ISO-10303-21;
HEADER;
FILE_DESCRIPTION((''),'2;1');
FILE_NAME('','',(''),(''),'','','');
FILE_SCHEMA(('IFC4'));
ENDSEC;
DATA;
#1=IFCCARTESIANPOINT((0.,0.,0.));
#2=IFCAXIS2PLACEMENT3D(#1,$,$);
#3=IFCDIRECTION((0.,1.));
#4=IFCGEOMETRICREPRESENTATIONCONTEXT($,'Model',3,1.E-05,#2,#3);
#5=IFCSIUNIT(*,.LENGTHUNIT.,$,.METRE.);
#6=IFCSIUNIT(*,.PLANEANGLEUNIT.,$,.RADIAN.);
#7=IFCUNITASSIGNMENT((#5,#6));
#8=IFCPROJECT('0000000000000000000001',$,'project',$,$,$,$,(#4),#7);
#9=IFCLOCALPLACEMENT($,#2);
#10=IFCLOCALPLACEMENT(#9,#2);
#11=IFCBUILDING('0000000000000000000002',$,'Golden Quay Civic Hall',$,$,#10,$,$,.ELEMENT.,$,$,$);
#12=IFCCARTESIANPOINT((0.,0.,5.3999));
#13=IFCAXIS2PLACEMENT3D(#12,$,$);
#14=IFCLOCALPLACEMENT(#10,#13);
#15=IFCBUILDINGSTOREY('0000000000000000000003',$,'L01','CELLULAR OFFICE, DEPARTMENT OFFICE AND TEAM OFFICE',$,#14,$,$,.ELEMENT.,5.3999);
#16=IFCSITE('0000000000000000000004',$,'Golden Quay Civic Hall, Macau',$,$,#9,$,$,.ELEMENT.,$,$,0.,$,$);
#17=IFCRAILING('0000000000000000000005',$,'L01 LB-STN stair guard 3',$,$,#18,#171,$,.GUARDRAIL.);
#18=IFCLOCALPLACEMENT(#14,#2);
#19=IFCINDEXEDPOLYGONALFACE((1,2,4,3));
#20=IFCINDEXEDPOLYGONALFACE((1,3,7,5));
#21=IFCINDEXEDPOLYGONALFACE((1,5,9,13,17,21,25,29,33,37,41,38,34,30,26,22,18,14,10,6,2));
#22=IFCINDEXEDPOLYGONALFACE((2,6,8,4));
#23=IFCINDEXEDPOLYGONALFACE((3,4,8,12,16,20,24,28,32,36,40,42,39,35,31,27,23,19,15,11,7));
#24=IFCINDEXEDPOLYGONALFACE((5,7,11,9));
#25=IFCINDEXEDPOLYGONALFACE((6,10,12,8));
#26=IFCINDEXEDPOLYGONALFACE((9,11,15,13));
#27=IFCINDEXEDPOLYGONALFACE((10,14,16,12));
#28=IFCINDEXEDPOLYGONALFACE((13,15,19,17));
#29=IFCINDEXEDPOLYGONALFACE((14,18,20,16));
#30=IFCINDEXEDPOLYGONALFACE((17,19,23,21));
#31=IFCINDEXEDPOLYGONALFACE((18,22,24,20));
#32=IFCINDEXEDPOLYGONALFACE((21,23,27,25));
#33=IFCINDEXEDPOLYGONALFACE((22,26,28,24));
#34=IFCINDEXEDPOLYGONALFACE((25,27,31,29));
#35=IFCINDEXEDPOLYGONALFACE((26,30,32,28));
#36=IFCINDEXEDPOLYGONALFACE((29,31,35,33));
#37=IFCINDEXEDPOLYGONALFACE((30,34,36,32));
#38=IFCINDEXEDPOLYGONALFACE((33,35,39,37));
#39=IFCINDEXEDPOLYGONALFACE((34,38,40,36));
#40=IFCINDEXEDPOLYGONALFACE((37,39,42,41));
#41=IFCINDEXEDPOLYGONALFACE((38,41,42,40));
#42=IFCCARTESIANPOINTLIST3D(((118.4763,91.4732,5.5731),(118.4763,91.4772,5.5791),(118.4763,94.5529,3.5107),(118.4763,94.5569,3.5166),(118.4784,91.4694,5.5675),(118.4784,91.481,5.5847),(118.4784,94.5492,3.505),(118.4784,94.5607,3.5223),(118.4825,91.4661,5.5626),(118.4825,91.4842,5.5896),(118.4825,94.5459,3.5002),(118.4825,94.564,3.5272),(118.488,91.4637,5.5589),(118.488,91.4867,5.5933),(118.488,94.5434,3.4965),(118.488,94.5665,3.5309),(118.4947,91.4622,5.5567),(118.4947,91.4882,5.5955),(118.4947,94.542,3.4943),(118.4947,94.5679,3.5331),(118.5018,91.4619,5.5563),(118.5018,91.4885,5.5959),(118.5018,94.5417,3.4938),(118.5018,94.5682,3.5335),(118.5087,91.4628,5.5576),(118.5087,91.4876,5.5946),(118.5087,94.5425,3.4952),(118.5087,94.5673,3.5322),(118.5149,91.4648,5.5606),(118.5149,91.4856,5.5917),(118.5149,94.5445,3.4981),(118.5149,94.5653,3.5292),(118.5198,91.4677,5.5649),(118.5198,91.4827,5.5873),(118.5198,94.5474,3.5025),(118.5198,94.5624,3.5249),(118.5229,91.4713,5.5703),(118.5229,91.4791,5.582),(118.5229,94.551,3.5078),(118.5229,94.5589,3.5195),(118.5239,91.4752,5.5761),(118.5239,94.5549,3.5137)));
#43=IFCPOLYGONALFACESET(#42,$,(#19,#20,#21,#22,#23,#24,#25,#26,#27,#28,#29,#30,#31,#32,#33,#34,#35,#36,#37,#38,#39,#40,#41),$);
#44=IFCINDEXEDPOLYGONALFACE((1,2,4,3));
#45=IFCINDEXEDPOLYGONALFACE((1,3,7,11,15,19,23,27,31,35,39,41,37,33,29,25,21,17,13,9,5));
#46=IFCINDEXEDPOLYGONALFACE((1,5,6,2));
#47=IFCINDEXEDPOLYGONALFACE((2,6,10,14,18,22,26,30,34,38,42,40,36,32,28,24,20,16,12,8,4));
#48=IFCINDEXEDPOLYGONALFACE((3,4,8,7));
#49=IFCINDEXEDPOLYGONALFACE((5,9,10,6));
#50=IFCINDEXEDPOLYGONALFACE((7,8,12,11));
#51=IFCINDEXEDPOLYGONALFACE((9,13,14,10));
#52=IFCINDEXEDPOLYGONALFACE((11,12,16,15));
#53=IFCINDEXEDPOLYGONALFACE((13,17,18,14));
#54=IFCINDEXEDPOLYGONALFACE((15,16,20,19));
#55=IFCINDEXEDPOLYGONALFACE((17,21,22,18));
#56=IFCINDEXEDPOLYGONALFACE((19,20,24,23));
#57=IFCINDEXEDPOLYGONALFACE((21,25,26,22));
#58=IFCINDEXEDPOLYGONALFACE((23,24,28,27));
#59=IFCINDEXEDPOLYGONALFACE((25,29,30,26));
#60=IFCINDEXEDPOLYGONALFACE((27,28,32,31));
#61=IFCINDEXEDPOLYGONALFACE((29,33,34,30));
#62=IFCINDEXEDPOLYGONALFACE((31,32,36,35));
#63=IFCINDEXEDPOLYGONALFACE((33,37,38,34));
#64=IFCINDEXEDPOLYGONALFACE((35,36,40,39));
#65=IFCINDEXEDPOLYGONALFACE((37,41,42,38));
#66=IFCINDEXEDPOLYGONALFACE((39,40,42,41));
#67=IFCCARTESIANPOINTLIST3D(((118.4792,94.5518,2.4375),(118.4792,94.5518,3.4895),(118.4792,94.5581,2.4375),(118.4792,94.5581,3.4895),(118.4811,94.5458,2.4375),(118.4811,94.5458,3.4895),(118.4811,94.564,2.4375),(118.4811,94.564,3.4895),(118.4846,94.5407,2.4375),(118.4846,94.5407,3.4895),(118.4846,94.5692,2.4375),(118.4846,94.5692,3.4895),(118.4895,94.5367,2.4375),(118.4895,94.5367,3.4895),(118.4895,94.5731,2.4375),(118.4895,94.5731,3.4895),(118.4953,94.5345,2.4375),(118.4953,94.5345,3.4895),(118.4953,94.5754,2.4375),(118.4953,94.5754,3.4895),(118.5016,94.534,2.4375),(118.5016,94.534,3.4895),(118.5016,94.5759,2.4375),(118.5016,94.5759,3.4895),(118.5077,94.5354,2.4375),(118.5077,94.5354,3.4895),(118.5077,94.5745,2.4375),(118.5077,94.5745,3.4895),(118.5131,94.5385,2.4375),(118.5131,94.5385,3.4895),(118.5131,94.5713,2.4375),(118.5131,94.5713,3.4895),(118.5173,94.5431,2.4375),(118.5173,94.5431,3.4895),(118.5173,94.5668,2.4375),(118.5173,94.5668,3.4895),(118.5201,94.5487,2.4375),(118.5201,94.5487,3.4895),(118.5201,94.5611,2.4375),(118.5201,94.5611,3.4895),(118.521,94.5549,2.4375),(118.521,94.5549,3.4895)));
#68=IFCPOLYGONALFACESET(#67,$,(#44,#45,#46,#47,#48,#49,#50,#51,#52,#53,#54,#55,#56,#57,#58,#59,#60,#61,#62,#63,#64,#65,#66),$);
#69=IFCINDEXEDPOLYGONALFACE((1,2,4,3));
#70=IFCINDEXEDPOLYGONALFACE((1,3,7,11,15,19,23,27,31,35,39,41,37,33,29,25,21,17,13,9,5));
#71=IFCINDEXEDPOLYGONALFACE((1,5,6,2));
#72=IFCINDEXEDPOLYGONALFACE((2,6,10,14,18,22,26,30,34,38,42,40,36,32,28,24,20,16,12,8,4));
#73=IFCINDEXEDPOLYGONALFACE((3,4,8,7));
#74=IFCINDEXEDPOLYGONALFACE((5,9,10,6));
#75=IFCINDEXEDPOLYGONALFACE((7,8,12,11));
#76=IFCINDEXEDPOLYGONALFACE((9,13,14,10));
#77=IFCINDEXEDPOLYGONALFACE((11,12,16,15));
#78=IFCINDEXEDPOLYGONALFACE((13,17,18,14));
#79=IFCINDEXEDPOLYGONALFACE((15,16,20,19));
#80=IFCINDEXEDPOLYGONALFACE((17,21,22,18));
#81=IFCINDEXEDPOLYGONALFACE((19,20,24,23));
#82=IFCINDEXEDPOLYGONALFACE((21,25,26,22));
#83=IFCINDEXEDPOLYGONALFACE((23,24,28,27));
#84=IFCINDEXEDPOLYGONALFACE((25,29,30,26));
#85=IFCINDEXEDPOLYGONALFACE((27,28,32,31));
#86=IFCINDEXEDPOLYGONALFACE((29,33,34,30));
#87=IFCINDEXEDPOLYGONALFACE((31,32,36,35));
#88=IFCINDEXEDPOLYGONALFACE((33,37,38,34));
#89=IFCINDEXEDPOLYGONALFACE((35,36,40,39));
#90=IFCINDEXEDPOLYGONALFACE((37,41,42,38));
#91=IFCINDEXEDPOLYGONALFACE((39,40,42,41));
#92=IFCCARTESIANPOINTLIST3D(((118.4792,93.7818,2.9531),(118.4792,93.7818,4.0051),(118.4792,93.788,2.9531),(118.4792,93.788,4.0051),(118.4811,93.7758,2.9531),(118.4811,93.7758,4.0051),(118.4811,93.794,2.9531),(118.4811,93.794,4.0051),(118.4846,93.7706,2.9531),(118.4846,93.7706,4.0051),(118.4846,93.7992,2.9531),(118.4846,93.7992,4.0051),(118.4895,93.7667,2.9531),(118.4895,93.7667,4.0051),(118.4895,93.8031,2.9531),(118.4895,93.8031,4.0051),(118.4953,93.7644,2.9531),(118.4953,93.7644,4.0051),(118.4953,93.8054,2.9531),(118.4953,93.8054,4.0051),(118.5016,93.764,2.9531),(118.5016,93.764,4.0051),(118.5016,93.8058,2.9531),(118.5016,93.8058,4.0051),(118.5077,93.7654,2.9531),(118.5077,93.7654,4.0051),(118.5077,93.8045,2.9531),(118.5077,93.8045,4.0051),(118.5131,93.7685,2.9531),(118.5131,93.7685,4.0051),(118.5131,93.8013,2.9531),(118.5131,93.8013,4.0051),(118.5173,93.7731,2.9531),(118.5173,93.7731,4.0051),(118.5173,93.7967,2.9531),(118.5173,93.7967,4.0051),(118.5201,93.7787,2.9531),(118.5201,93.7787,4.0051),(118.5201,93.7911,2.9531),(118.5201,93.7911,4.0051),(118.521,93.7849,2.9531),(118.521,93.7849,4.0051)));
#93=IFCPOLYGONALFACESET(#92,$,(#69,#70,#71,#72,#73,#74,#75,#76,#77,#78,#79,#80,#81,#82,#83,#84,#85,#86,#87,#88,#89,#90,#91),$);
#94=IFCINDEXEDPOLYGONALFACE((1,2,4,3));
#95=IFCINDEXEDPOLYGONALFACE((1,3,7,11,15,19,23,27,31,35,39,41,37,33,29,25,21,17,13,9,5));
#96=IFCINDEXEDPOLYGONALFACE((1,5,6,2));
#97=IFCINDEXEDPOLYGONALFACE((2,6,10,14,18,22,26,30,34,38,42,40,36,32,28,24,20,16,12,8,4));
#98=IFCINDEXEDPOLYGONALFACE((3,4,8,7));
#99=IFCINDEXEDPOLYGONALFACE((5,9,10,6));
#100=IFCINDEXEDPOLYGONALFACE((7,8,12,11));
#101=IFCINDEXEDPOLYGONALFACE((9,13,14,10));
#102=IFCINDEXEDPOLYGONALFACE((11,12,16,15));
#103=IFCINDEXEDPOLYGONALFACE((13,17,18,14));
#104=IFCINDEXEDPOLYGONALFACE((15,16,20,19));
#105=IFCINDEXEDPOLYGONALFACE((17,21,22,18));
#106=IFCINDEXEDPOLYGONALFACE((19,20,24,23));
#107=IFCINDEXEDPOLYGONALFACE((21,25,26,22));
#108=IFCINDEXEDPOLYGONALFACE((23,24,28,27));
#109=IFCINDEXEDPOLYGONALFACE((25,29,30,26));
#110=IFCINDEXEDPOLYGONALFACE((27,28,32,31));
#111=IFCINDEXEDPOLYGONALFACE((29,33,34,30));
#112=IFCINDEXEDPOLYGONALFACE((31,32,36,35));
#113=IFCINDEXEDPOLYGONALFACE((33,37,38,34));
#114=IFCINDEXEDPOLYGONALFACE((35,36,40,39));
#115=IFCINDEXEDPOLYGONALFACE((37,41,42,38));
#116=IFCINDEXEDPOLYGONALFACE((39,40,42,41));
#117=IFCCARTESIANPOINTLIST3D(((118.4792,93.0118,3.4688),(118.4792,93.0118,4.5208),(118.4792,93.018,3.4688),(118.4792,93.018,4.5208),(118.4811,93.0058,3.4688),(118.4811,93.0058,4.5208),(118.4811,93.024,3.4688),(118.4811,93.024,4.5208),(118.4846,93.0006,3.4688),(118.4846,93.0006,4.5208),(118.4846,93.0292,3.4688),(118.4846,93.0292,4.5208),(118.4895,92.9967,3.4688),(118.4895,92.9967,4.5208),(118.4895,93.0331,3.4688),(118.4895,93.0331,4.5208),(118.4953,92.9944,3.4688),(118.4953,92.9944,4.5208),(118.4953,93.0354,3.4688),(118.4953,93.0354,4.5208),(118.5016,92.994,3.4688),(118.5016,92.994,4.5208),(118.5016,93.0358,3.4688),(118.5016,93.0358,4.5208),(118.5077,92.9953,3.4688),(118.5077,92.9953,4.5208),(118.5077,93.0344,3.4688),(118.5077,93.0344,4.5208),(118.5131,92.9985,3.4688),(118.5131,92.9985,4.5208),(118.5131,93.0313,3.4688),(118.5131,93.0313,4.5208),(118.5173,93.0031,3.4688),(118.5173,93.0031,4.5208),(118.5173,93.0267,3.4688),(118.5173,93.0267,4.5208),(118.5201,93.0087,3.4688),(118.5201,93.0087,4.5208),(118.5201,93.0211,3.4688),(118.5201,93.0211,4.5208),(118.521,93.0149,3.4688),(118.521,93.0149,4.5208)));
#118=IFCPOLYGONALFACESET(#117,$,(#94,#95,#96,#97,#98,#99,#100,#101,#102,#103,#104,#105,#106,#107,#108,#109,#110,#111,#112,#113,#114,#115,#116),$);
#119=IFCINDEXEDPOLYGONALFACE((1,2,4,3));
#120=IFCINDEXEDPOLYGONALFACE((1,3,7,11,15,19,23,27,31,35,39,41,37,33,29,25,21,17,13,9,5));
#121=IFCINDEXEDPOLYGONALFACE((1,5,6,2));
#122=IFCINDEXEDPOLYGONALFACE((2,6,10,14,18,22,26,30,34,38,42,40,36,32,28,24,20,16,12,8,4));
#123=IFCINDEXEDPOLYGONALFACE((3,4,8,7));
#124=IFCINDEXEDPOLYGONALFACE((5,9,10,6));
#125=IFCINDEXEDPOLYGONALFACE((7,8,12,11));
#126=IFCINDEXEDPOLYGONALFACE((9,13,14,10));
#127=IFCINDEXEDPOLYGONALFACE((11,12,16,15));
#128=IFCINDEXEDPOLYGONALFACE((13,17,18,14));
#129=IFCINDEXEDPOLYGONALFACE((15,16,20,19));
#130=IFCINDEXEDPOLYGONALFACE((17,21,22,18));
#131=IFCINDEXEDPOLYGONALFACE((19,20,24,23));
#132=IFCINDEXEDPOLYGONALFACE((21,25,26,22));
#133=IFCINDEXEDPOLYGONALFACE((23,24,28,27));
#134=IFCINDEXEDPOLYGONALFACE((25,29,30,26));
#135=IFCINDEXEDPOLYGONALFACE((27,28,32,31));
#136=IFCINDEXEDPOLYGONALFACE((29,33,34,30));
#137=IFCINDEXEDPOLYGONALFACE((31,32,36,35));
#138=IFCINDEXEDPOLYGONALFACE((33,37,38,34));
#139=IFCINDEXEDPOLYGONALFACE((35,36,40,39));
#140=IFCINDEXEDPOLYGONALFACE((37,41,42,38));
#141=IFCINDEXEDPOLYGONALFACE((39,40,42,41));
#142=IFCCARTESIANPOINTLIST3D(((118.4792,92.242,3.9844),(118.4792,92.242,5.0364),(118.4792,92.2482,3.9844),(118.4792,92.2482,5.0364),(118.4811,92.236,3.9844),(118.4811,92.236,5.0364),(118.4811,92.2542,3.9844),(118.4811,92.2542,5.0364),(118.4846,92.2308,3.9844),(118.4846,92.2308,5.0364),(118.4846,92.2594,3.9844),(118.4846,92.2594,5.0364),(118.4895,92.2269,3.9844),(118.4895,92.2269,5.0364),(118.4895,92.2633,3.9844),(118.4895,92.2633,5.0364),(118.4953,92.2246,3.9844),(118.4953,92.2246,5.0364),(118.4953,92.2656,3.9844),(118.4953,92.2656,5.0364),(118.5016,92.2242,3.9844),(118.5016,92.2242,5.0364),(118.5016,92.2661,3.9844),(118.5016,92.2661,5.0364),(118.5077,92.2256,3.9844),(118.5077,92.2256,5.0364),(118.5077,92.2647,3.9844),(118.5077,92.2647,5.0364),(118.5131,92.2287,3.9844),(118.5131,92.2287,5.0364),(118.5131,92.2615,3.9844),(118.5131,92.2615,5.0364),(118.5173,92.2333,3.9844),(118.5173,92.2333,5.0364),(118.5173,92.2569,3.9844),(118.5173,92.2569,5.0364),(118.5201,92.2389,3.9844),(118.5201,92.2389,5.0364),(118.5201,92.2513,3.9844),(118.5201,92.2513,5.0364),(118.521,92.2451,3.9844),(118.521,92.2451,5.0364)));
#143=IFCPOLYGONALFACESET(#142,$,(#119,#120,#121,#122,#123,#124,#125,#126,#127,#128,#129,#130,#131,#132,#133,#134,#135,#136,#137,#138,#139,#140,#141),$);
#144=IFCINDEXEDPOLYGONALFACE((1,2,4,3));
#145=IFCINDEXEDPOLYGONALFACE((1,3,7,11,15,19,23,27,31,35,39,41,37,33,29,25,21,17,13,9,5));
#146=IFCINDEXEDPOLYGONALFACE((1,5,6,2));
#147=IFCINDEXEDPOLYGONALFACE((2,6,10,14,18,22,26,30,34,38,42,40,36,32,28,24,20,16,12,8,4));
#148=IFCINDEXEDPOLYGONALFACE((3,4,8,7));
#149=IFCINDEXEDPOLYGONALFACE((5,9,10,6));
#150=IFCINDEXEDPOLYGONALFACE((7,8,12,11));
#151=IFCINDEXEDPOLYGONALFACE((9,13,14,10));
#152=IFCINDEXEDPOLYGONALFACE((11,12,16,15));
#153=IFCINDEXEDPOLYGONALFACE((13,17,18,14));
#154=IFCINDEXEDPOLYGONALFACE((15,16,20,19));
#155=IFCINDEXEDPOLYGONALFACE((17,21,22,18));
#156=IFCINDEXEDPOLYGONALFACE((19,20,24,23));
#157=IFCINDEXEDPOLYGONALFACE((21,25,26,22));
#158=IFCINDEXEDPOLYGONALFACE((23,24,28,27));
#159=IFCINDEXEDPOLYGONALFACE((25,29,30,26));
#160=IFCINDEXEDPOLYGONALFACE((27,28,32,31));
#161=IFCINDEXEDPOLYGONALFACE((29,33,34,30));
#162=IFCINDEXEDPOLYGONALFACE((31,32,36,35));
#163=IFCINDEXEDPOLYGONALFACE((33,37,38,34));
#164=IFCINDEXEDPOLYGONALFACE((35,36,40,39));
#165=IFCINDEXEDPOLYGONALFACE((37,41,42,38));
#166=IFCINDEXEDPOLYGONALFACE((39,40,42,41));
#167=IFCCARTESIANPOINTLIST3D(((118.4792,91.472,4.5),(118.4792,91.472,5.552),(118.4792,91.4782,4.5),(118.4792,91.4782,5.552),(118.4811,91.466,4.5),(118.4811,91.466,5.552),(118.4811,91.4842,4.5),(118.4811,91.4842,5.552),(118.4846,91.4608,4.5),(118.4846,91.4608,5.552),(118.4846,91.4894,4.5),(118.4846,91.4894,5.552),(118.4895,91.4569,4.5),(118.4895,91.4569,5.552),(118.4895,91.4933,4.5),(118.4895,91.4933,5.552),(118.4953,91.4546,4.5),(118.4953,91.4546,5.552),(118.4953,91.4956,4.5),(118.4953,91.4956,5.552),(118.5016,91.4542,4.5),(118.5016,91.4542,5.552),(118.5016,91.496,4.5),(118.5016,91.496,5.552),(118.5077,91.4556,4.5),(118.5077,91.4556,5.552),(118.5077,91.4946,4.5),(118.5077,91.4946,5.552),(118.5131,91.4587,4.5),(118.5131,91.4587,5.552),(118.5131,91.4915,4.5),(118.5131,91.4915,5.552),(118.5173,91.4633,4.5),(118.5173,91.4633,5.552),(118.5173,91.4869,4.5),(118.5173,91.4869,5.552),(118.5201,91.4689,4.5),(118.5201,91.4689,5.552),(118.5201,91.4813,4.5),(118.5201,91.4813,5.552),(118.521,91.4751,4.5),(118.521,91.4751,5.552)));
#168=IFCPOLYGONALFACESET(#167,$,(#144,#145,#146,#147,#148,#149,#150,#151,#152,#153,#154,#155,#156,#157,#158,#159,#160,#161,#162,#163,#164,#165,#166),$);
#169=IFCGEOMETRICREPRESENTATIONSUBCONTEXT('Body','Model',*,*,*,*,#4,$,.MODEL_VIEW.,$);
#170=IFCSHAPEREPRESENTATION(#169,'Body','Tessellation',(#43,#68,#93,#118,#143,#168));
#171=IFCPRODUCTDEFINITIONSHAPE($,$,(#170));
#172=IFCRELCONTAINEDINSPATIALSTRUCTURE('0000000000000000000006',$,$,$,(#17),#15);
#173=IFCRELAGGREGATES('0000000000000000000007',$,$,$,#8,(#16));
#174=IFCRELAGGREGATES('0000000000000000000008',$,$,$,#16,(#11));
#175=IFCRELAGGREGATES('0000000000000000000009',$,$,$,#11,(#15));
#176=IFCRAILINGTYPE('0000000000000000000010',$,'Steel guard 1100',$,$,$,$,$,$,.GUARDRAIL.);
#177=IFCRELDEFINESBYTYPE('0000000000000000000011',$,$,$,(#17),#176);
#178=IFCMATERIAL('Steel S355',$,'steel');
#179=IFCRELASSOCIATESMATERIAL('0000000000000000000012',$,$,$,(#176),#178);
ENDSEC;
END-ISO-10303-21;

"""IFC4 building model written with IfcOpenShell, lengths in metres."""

from ifc_helpers import new_model, si_unit, direction, frame, origin, origin_2d, place, context, subcontext, project, spatial, circle, extrude, material, type_object, element, save


model = new_model("IFC4")

# Units and contexts
model_context = context("Model", 3, precision=1e-05, world=origin(), true_north=direction((0.0, 1.0)))
body_context = subcontext(model_context, "Body", "Model", "MODEL_VIEW")
ifc_project = project(units=[si_unit("LENGTHUNIT", "METRE"), si_unit("PLANEANGLEUNIT", "RADIAN")], contexts=[model_context])

# Site, building, storey
site_placement = place(None, origin())
site = spatial("IfcSite", under=ifc_project, at=site_placement, Name="Golden Quay Civic Hall, Macau", CompositionType="ELEMENT", RefElevation=0.0)
building_placement = place(site_placement, origin())
building = spatial("IfcBuilding", under=site, at=building_placement, Name="Golden Quay Civic Hall", CompositionType="ELEMENT")
storey_placement = place(building_placement, frame((0.0, 0.0, 5.3999)))
storey = spatial("IfcBuildingStorey", under=building, at=storey_placement, Name="L01", Description="CELLULAR OFFICE, DEPARTMENT OFFICE AND TEAM OFFICE", CompositionType="ELEMENT", Elevation=5.3999)

# Railing
ifc_material_1 = material(Name="Steel S355", Category="steel")
railing_type_1 = type_object("IfcRailingType", Name="Steel guard 1100", PredefinedType="GUARDRAIL", material=ifc_material_1)
railing_1_placement = place(storey_placement, frame((118.5, 94.5549, 2.4375)))
element("IfcRailing", 1, at=railing_1_placement, inside=storey, type_object=railing_type_1, Name="L01 LB-STN stair guard 3", PredefinedType="GUARDRAIL", context=body_context, shape_type="SweptSolid", body=[
    extrude(circle(Radius=0.0239, at=origin_2d()), frame((0.0, 0.0, 1.0762), z_axis=(0.0, -0.830893, 0.556432), x_axis=(1.0, 0.0, 0.0)), (0.0, 0.0, 1.0), 3.7065),
    extrude(circle(Radius=0.021, at=origin_2d()), origin(), (0.0, 0.0, 1.0), 1.052),
    extrude(circle(Radius=0.021, at=origin_2d()), frame((0.0, -0.77, 0.5156)), (0.0, 0.0, 1.0), 1.052),
    extrude(circle(Radius=0.021, at=origin_2d()), frame((0.0, -1.54, 1.0312)), (0.0, 0.0, 1.0), 1.052),
    extrude(circle(Radius=0.021, at=origin_2d()), frame((0.0, -2.3098, 1.5469)), (0.0, 0.0, 1.0), 1.052),
    extrude(circle(Radius=0.021, at=origin_2d()), frame((0.0, -3.0798, 2.0625)), (0.0, 0.0, 1.0), 1.052),
])

save(model, "model.ifc")
